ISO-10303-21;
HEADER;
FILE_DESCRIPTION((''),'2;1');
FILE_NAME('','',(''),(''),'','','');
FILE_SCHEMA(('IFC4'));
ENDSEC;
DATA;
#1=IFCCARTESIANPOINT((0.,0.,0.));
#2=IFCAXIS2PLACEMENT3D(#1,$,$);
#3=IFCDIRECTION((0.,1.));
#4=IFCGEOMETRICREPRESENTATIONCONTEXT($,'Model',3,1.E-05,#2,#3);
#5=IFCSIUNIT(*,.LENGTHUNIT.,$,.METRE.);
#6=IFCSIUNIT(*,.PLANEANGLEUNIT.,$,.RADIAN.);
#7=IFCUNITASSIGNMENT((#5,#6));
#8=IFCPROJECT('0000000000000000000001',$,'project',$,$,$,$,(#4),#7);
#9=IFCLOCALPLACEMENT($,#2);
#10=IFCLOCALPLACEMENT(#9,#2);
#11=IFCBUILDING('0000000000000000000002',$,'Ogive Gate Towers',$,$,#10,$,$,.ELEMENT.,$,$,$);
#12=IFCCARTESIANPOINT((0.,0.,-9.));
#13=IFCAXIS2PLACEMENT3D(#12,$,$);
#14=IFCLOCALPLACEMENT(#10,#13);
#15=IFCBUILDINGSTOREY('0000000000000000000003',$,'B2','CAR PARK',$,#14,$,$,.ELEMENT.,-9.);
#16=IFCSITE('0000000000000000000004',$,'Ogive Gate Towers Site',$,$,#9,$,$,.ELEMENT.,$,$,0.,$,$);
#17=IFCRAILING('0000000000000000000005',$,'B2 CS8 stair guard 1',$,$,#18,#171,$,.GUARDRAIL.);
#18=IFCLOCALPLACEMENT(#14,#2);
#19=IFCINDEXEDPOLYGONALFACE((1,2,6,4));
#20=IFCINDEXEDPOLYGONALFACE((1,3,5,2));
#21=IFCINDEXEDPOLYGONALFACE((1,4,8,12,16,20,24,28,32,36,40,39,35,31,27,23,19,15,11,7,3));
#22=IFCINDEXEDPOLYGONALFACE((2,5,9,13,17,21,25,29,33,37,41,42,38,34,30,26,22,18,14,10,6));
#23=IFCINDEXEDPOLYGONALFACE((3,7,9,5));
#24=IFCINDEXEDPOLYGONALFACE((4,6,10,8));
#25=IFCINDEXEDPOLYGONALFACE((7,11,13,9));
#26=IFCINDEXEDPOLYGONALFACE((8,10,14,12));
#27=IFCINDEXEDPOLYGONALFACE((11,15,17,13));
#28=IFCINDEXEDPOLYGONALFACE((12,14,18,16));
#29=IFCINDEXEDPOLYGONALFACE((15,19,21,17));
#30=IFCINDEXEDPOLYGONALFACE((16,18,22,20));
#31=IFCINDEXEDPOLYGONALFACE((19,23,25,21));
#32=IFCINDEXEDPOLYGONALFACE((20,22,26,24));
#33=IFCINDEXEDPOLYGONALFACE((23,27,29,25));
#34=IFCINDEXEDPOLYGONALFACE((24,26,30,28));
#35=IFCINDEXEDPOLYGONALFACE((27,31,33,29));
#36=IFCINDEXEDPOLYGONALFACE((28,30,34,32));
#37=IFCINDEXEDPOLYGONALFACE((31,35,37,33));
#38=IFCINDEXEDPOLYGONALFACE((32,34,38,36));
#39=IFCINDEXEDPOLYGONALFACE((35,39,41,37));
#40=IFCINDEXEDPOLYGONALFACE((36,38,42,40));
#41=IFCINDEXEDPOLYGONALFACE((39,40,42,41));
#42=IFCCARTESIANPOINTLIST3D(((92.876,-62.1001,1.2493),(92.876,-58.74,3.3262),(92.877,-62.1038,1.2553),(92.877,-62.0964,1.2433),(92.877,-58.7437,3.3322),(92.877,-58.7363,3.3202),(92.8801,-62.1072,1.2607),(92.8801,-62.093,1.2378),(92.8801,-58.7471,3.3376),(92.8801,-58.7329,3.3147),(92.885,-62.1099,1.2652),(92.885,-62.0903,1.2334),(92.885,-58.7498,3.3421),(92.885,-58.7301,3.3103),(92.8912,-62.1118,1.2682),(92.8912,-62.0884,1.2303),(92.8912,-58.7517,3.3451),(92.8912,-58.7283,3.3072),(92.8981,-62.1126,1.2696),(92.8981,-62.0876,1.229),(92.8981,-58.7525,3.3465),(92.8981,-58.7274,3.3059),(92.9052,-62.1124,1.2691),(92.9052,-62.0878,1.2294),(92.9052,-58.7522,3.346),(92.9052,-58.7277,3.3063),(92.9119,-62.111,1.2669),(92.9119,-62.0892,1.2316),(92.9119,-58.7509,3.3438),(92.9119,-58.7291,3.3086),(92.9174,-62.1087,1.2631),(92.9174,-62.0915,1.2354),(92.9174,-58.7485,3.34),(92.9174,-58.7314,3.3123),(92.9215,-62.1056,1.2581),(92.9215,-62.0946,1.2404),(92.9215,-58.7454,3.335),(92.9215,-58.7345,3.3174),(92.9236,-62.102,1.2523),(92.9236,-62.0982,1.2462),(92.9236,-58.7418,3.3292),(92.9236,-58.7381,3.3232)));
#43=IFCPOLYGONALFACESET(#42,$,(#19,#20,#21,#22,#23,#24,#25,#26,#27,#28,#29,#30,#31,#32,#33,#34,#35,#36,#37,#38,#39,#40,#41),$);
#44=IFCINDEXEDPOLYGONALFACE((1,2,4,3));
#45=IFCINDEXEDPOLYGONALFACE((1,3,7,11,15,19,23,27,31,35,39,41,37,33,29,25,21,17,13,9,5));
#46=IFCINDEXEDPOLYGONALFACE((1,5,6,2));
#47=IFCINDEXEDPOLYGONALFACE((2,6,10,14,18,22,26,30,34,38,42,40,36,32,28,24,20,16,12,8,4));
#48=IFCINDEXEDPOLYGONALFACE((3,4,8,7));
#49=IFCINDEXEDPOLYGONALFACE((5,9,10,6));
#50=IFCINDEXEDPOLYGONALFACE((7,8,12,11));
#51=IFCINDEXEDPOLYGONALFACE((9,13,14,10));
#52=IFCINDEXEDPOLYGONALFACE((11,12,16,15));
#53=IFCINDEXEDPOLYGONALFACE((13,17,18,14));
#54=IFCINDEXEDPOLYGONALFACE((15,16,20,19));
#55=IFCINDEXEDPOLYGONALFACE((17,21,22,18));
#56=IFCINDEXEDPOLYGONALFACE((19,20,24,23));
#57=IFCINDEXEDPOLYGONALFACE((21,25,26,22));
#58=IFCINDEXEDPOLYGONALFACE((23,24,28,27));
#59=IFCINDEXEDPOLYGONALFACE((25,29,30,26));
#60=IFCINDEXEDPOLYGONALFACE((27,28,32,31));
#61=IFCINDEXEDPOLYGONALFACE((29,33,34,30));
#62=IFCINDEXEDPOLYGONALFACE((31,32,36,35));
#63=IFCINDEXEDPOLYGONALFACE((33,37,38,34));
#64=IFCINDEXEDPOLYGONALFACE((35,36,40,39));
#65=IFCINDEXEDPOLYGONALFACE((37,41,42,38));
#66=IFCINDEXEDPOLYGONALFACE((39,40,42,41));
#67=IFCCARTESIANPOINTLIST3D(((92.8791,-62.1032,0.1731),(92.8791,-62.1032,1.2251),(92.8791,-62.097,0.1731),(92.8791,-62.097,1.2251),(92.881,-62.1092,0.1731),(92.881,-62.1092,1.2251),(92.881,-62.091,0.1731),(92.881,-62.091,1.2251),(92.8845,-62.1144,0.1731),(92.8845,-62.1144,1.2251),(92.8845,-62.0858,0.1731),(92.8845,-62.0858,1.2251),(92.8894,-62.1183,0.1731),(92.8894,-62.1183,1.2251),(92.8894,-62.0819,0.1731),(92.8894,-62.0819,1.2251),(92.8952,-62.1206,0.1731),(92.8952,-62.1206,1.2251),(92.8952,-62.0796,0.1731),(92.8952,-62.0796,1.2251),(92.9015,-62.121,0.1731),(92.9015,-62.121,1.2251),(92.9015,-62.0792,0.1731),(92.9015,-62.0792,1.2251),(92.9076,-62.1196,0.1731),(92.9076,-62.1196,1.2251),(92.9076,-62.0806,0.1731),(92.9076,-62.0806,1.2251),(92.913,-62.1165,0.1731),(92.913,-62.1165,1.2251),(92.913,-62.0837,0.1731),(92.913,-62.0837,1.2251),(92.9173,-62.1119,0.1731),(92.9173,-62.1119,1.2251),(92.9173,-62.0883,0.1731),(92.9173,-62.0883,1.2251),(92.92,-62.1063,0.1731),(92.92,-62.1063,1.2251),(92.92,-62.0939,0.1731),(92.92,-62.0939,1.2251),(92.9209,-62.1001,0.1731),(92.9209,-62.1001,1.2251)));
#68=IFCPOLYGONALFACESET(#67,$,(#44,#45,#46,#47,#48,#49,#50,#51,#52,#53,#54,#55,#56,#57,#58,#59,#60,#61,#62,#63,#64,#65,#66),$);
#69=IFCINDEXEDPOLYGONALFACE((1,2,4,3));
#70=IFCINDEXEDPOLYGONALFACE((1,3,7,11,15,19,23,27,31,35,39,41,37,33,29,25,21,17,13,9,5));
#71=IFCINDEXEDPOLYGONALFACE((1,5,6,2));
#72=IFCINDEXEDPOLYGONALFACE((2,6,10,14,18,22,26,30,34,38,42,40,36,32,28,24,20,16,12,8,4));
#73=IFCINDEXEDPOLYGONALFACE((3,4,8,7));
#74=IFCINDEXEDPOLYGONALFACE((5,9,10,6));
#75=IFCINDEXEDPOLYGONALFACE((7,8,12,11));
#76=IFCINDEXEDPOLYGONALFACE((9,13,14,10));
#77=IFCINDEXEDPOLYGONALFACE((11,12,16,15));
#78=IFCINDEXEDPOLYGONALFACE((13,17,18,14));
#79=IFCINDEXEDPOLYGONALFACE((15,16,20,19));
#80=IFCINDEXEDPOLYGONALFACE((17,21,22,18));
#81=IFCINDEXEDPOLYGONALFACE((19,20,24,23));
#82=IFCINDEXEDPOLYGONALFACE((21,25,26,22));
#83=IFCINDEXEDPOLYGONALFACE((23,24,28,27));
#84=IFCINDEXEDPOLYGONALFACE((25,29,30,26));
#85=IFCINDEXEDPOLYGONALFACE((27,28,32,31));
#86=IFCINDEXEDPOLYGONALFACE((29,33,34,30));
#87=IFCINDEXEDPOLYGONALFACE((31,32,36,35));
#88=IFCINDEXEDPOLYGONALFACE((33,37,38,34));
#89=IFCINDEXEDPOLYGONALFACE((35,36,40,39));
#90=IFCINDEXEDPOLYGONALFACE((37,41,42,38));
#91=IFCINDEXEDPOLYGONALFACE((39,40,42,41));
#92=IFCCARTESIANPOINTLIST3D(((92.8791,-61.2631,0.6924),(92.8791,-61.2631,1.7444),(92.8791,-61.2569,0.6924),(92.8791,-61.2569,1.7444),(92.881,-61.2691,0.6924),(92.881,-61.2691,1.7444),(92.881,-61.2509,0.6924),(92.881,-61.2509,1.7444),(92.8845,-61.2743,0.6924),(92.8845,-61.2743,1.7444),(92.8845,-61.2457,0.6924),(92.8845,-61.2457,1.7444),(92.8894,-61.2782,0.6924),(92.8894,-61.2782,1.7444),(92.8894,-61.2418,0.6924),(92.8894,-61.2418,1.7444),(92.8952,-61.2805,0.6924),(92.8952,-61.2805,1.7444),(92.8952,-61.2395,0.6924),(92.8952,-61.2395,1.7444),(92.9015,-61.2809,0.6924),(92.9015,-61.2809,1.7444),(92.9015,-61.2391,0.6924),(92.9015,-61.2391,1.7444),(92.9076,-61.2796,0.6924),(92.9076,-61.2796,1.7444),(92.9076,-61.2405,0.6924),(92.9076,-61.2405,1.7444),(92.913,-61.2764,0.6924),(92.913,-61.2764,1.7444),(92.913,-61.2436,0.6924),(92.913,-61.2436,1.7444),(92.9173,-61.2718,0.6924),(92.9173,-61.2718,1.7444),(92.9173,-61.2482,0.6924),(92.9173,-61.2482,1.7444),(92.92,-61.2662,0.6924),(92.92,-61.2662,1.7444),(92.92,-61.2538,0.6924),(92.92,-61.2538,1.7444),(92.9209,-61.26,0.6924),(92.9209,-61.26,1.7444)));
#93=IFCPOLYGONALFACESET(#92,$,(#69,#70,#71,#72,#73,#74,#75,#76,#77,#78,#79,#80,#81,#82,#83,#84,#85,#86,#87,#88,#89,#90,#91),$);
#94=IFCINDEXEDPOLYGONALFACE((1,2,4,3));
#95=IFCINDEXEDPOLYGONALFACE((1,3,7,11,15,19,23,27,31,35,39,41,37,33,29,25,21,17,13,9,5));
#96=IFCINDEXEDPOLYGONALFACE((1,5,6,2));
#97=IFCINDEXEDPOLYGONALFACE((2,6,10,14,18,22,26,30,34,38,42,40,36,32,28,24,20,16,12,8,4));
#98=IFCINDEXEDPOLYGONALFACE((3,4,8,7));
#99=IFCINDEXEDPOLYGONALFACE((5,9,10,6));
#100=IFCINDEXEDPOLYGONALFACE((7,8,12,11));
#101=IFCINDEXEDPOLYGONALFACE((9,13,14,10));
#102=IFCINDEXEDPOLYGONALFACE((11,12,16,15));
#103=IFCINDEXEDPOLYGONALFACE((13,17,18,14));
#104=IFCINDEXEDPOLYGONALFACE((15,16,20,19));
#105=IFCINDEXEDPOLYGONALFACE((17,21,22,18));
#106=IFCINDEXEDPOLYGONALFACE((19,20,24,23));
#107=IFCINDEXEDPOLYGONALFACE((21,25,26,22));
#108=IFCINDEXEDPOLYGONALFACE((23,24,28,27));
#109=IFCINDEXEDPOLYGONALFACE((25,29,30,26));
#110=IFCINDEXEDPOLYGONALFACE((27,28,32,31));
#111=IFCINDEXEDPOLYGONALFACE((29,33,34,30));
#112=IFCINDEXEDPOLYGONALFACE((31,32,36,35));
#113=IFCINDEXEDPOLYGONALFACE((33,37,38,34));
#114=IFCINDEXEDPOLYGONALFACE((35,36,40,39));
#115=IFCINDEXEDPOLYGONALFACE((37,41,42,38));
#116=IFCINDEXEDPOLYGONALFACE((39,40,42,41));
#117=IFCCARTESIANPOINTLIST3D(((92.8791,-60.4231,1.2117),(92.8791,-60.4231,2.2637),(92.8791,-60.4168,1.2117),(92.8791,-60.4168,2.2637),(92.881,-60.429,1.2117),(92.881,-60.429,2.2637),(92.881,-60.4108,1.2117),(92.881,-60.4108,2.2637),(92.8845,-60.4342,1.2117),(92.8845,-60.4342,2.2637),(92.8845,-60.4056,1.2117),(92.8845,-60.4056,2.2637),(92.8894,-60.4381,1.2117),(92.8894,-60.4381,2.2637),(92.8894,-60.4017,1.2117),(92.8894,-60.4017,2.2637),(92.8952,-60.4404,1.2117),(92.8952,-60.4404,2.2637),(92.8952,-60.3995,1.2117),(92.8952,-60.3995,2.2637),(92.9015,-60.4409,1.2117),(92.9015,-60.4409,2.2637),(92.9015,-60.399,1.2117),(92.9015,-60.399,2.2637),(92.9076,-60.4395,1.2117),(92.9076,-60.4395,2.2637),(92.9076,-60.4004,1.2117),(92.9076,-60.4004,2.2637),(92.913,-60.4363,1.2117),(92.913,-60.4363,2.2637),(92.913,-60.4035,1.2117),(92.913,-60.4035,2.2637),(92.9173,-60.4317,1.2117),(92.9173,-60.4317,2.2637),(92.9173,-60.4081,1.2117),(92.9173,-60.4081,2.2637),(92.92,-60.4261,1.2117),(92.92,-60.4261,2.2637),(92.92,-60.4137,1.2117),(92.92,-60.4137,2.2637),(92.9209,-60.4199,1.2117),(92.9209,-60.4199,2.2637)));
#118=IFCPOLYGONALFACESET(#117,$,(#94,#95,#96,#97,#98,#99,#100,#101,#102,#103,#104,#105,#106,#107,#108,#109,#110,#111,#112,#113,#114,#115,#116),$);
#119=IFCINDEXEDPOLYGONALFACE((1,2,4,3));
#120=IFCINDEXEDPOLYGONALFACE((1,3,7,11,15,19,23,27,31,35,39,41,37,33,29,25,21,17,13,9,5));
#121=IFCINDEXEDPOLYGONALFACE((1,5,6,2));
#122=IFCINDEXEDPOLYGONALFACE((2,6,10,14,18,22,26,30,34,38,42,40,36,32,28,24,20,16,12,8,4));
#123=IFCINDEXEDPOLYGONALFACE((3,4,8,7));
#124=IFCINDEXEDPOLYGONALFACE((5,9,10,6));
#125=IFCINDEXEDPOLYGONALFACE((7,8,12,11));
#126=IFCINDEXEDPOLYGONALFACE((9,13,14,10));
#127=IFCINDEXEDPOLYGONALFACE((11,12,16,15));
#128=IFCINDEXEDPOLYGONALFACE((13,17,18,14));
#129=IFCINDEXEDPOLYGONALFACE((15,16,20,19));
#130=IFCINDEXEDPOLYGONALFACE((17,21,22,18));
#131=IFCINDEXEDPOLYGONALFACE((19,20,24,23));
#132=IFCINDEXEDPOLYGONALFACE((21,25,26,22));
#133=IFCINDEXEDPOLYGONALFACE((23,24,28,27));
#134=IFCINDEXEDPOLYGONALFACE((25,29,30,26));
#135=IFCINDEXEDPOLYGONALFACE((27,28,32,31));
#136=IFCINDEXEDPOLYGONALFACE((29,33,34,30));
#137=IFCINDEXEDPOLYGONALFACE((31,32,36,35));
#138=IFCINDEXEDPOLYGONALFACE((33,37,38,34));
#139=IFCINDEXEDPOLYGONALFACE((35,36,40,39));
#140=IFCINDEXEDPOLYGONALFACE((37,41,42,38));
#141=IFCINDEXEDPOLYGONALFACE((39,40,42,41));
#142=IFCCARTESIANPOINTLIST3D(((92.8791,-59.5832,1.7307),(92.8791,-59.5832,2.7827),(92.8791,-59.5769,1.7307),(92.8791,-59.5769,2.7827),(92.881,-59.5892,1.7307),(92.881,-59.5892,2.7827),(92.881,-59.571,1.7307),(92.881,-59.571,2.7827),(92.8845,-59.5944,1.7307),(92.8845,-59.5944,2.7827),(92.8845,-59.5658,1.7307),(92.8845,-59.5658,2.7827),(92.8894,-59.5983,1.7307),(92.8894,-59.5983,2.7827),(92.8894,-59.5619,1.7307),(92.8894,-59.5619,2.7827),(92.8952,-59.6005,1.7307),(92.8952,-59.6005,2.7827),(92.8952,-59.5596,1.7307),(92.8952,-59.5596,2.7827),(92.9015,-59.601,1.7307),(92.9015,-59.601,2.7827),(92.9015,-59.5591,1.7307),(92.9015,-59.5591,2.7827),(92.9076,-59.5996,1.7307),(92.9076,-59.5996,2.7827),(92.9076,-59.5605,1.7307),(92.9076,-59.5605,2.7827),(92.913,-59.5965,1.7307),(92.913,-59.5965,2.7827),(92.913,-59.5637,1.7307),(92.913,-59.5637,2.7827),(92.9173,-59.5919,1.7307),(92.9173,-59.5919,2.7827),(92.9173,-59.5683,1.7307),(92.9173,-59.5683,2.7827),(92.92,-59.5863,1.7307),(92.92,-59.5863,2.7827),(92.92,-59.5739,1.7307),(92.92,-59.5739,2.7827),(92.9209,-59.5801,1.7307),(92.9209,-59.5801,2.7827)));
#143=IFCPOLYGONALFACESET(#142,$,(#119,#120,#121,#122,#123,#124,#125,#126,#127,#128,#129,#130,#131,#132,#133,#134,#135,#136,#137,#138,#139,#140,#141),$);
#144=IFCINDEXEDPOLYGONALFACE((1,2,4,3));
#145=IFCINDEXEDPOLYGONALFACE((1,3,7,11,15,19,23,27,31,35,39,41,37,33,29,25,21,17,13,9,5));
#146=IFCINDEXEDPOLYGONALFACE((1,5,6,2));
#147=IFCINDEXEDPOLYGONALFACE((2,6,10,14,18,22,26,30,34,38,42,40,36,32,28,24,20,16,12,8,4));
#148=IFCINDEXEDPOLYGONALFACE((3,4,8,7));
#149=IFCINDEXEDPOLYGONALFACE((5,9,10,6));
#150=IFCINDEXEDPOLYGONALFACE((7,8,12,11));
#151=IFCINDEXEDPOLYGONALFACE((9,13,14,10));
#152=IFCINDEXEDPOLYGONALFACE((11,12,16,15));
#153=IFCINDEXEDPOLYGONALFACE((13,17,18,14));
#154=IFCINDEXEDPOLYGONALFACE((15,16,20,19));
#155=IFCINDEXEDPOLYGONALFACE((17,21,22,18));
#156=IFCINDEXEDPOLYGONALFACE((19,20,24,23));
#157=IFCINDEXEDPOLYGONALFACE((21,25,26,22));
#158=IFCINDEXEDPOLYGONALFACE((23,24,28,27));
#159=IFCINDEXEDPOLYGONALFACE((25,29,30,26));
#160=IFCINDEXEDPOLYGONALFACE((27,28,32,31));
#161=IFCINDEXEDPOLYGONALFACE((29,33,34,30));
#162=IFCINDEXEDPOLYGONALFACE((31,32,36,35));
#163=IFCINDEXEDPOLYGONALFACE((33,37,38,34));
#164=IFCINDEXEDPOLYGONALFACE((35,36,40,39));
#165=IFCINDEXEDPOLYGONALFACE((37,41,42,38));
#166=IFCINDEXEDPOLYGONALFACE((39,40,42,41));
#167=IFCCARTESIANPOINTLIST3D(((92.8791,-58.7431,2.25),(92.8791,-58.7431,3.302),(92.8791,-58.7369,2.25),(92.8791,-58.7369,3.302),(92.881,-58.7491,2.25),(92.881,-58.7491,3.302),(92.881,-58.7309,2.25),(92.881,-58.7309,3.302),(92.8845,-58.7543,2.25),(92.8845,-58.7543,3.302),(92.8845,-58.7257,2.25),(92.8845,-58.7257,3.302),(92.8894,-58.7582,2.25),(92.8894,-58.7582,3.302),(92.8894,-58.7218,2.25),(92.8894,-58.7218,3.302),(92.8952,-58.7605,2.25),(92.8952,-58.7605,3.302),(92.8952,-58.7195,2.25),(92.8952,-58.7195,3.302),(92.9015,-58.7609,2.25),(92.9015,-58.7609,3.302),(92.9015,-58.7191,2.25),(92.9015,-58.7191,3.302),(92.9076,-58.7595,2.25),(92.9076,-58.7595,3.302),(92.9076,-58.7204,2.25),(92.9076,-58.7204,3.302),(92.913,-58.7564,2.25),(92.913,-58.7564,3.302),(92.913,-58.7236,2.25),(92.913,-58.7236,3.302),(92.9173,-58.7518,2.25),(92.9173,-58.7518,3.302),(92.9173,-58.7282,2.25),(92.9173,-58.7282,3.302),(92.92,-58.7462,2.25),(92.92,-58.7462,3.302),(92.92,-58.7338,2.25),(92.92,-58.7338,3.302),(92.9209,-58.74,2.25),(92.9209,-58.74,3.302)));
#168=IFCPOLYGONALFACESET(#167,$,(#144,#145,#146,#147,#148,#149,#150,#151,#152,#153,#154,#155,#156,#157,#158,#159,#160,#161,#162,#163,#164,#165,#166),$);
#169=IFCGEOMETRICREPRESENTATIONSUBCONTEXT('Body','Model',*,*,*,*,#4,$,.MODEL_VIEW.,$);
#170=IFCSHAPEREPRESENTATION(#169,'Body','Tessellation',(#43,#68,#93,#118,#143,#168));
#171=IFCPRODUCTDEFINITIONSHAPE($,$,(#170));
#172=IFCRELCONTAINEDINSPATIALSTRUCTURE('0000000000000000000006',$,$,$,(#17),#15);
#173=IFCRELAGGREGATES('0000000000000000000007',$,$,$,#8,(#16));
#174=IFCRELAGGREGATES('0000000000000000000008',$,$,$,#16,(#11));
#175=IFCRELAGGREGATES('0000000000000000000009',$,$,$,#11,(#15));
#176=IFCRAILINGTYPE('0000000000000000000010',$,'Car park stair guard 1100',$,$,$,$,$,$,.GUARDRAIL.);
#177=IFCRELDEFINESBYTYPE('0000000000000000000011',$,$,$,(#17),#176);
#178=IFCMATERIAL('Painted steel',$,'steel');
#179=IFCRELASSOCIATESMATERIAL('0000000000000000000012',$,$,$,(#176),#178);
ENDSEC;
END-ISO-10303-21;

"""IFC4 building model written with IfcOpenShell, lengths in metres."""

from ifc_helpers import new_model, si_unit, direction, frame, origin, origin_2d, place, context, subcontext, project, spatial, circle, extrude, material, type_object, element, save


model = new_model("IFC4")

# Units and contexts
model_context = context("Model", 3, precision=1e-05, world=origin(), true_north=direction((0.0, 1.0)))
body_context = subcontext(model_context, "Body", "Model", "MODEL_VIEW")
ifc_project = project(units=[si_unit("LENGTHUNIT", "METRE"), si_unit("PLANEANGLEUNIT", "RADIAN")], contexts=[model_context])

# Site, building, storey
site_placement = place(None, origin())
site = spatial("IfcSite", under=ifc_project, at=site_placement, Name="Ogive Gate Towers Site", CompositionType="ELEMENT", RefElevation=0.0)
building_placement = place(site_placement, origin())
building = spatial("IfcBuilding", under=site, at=building_placement, Name="Ogive Gate Towers", CompositionType="ELEMENT")
storey_placement = place(building_placement, frame((0.0, 0.0, -9.0)))
storey = spatial("IfcBuildingStorey", under=building, at=storey_placement, Name="B2", Description="CAR PARK", CompositionType="ELEMENT", Elevation=-9.0)

# Railing
ifc_material_1 = material(Name="Painted steel", Category="steel")
railing_type_1 = type_object("IfcRailingType", Name="Car park stair guard 1100", PredefinedType="GUARDRAIL", material=ifc_material_1)
railing_1_placement = place(storey_placement, frame((92.8999, -62.1001, 0.1731)))
element("IfcRailing", 1, at=railing_1_placement, inside=storey, type_object=railing_type_1, Name="B2 CS8 stair guard 1", PredefinedType="GUARDRAIL", context=body_context, shape_type="SweptSolid", body=[
    extrude(circle(Radius=0.0239, at=origin_2d()), frame((0.0, 0.0, 1.0762), z_axis=(0.0, 0.850623, 0.525776), x_axis=(-1.0, 0.0, 0.0)), (0.0, 0.0, 1.0), 3.9502),
    extrude(circle(Radius=0.021, at=origin_2d()), origin(), (0.0, 0.0, 1.0), 1.052),
    extrude(circle(Radius=0.021, at=origin_2d()), frame((0.0, 0.8401, 0.5193)), (0.0, 0.0, 1.0), 1.052),
    extrude(circle(Radius=0.021, at=origin_2d()), frame((0.0, 1.6802, 1.0386)), (0.0, 0.0, 1.0), 1.052),
    extrude(circle(Radius=0.021, at=origin_2d()), frame((0.0, 2.52, 1.5576)), (0.0, 0.0, 1.0), 1.052),
    extrude(circle(Radius=0.021, at=origin_2d()), frame((0.0, 3.3601, 2.0769)), (0.0, 0.0, 1.0), 1.052),
])

save(model, "model.ifc")
